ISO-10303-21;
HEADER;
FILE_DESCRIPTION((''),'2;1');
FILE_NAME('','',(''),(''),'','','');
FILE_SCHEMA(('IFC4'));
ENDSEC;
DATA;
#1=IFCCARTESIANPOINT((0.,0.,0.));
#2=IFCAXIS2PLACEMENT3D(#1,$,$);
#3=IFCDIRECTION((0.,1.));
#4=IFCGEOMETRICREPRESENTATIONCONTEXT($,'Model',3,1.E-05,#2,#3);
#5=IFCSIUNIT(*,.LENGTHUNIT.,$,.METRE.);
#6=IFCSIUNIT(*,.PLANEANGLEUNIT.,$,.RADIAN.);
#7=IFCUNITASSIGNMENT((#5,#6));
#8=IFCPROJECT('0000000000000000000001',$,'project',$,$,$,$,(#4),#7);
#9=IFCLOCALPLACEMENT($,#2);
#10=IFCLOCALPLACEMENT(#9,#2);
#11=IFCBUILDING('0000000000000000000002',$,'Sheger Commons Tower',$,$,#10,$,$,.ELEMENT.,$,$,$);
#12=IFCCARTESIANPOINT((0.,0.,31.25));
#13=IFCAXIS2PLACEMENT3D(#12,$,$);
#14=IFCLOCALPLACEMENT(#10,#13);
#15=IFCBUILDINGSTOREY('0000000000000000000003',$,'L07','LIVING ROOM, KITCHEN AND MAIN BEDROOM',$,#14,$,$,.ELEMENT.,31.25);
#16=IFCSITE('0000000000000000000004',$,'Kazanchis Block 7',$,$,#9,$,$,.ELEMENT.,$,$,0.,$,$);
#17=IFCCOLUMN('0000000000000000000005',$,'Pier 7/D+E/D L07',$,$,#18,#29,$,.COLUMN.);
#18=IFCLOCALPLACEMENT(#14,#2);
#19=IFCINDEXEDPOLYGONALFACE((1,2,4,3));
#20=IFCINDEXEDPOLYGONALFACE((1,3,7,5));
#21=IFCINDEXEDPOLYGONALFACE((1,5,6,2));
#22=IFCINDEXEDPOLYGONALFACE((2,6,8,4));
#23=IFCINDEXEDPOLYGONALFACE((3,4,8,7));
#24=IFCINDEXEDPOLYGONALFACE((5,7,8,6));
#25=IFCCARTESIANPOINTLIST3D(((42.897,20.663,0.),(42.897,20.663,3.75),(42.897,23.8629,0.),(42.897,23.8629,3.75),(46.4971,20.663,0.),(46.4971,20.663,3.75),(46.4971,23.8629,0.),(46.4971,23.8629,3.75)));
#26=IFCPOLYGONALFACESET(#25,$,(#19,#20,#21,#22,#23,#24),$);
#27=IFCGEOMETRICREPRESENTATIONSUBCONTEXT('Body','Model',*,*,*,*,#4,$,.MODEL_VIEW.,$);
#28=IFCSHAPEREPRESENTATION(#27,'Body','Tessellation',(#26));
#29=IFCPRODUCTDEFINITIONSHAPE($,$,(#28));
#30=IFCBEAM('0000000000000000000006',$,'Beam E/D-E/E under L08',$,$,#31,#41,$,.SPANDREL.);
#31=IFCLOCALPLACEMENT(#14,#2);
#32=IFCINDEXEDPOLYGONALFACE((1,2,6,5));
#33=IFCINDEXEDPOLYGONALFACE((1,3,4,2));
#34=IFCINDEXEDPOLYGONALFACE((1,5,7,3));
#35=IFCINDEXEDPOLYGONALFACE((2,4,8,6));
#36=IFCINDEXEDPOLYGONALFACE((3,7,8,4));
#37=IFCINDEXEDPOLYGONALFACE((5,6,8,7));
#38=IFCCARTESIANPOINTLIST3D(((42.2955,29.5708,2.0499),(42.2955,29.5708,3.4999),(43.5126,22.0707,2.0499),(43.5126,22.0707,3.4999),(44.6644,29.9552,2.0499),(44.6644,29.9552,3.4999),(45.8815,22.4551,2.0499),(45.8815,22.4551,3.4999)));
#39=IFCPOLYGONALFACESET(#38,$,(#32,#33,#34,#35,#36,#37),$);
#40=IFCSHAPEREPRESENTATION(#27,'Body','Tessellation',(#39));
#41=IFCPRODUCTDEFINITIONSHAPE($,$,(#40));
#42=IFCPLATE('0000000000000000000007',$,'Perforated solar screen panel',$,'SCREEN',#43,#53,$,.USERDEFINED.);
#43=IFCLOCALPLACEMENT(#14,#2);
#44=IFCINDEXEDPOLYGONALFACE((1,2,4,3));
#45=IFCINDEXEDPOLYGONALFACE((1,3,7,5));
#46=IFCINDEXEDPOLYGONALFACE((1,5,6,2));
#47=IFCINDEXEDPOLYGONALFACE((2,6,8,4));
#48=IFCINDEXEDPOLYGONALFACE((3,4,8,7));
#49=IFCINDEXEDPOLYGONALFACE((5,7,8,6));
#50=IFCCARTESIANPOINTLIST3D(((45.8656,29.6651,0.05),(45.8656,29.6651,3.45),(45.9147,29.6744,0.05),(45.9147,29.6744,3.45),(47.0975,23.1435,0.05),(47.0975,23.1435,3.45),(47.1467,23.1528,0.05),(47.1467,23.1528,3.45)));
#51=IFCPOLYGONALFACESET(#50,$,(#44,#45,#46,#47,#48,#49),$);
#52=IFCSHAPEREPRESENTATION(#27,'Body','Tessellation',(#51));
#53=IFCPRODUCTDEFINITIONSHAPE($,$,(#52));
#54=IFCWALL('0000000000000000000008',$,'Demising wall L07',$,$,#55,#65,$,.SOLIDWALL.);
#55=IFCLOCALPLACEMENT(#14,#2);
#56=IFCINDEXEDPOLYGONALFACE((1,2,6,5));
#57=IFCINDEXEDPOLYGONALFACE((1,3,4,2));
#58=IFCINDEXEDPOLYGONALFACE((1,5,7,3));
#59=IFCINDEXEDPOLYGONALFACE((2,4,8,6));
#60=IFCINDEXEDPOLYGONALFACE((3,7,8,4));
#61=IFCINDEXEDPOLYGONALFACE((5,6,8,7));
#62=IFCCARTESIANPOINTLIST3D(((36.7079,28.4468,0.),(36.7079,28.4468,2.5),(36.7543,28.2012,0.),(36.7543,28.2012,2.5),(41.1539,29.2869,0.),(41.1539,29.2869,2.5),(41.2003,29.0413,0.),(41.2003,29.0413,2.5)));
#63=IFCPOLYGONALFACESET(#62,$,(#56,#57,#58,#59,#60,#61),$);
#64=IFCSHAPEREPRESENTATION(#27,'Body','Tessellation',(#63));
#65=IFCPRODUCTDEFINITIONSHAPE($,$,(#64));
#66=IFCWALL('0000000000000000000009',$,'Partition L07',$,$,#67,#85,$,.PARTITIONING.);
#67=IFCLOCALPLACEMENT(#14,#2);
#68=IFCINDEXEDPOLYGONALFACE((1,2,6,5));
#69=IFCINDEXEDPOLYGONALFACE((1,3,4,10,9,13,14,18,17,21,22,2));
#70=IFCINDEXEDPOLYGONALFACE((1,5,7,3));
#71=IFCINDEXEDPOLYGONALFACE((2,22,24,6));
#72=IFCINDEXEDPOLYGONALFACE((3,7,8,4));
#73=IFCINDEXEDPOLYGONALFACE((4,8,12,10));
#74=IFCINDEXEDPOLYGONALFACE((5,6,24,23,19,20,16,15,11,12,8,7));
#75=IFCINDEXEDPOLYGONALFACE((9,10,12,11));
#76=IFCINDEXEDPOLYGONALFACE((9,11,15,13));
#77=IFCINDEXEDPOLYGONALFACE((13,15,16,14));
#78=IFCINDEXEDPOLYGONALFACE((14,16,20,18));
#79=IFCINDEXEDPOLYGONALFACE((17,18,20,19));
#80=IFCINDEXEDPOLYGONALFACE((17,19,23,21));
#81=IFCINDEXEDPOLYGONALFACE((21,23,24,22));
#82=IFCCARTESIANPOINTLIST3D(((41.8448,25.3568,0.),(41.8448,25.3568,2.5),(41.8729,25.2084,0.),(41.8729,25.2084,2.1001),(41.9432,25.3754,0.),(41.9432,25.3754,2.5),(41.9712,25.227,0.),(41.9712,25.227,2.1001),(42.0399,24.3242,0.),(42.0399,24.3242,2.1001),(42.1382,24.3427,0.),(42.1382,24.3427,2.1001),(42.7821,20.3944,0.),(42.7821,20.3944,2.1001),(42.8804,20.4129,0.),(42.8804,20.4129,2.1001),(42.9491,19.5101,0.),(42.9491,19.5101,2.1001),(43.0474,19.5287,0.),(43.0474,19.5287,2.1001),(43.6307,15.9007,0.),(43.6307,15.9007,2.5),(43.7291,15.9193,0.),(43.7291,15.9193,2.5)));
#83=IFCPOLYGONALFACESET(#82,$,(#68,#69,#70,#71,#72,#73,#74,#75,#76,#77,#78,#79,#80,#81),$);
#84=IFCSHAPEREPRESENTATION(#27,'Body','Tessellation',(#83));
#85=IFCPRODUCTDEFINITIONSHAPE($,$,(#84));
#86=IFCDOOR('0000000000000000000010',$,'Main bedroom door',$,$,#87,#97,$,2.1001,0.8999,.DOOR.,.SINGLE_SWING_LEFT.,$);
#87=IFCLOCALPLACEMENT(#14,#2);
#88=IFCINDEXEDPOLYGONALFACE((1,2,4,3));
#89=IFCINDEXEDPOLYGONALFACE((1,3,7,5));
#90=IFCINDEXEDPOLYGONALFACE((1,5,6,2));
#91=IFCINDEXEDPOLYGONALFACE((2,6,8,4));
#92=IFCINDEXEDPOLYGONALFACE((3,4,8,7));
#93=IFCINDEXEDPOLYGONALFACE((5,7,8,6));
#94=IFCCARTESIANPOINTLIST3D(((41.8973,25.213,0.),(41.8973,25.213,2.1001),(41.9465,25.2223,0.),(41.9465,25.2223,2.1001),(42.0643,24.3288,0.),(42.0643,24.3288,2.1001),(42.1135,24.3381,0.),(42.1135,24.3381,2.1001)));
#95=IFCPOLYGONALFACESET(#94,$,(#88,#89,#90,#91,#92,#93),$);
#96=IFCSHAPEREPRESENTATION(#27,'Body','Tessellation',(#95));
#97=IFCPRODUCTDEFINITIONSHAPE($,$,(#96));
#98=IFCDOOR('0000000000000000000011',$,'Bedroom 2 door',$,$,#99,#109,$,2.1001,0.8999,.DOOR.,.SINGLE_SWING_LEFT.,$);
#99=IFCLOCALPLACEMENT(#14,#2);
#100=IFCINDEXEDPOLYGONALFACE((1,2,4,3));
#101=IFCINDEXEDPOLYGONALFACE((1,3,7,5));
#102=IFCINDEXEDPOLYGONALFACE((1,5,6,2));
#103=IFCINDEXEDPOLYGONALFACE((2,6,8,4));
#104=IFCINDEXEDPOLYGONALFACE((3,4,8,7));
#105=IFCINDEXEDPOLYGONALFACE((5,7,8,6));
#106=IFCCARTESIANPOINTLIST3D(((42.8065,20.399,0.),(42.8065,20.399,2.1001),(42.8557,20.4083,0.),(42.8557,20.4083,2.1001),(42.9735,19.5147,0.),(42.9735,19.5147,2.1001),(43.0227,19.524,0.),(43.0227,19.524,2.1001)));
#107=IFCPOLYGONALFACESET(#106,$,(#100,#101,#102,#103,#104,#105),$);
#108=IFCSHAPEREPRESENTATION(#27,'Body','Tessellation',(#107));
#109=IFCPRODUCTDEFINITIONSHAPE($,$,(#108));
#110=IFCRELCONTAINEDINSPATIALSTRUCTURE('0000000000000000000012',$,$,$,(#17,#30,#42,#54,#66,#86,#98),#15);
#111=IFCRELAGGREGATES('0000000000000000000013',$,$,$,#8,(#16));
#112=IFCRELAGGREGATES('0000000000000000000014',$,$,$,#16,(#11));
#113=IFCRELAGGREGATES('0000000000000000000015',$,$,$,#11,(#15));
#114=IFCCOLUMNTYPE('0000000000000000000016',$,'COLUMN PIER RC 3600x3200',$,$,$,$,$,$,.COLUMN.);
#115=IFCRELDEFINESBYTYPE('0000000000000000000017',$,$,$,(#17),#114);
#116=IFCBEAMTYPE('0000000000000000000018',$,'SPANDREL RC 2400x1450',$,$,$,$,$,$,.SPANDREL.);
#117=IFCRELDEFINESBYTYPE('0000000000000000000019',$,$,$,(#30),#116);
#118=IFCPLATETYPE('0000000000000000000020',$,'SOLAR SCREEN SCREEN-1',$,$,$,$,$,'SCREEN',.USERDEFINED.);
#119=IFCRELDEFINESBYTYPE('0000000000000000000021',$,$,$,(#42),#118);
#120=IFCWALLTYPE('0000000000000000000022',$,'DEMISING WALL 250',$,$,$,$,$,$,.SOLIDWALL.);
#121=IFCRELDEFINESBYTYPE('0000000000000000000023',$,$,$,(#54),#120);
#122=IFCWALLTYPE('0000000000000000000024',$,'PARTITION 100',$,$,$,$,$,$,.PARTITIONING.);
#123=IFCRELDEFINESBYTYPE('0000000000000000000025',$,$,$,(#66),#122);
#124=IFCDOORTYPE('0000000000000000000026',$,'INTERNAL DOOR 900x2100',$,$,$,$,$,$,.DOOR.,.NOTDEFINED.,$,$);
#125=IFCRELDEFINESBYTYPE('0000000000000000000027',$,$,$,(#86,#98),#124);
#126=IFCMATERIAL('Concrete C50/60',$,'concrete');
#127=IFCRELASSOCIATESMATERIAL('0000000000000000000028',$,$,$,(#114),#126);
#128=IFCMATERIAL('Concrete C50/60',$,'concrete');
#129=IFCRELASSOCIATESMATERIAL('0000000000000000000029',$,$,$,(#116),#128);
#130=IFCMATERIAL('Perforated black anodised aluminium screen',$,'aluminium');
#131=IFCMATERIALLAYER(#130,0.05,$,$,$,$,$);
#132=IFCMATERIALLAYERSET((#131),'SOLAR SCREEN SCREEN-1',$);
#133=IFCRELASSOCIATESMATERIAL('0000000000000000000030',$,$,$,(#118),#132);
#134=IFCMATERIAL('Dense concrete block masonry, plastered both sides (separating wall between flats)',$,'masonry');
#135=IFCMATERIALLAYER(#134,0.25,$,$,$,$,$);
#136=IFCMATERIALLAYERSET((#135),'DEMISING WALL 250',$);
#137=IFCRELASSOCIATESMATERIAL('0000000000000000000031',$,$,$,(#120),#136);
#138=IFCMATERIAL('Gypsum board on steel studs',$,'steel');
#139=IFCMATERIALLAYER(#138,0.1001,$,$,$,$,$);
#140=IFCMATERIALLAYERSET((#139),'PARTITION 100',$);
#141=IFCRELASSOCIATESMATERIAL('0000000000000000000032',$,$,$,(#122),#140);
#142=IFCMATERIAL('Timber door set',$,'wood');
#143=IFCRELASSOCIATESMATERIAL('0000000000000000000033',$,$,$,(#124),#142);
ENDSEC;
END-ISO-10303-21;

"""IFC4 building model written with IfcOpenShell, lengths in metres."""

from ifc_helpers import new_model, si_unit, direction, frame, frame_2d, origin, origin_2d, place, context, subcontext, project, spatial, rectangle, extrude, material, layer, layer_set, material_profile, profile_set, type_object, element, fill, save


model = new_model("IFC4")

# Units and contexts
model_context = context("Model", 3, precision=1e-05, world=origin(), true_north=direction((0.0, 1.0)))
body_context = subcontext(model_context, "Body", "Model", "MODEL_VIEW")
ifc_project = project(units=[si_unit("LENGTHUNIT", "METRE"), si_unit("PLANEANGLEUNIT", "RADIAN")], contexts=[model_context])

# Site, building, storey
site_placement = place(None, origin())
site = spatial("IfcSite", under=ifc_project, at=site_placement, Name="Kazanchis Block 7", CompositionType="ELEMENT", RefElevation=0.0)
building_placement = place(site_placement, origin())
building = spatial("IfcBuilding", under=site, at=building_placement, Name="Sheger Commons Tower", CompositionType="ELEMENT")
storey_placement = place(building_placement, frame((0.0, 0.0, 31.25)))
storey = spatial("IfcBuildingStorey", under=building, at=storey_placement, Name="L07", Description="LIVING ROOM, KITCHEN AND MAIN BEDROOM", CompositionType="ELEMENT", Elevation=31.25)

# Column
ifc_material_1 = material(Name="Concrete C50/60", Category="concrete")
ifc_material_profile_1 = material_profile(ifc_material_1, rectangle(XDim=3.6001, YDim=3.2, at=origin_2d()), Name="RC 3600x3200")
ifc_profile_set_1 = profile_set([ifc_material_profile_1], Name="Concrete C50/60")
column_type = type_object("IfcColumnType", Name="COLUMN PIER RC 3600x3200", PredefinedType="COLUMN", material=ifc_profile_set_1)
column_placement = place(storey_placement, frame((44.697, 22.2629, 0.0), z_axis=(0.0, 0.0, 1.0), x_axis=(1.0, 0.0, 0.0)))
element("IfcColumn", 1, at=column_placement, inside=storey, type_object=column_type, Name="Pier 7/D+E/D L07", PredefinedType="COLUMN", context=body_context, shape_type="SweptSolid", body=[
    extrude(rectangle(XDim=3.6001, YDim=3.2, at=origin_2d()), origin(), (0.0, 0.0, 1.0), 3.75),
])

# Beam
ifc_material_2 = material(Name="Concrete C50/60", Category="concrete")
ifc_material_profile_2 = material_profile(ifc_material_2, rectangle(XDim=2.3999, YDim=1.45, at=origin_2d()), Name="RC 2400x1450")
ifc_profile_set_2 = profile_set([ifc_material_profile_2], Name="Concrete C50/60")
beam_type = type_object("IfcBeamType", Name="SPANDREL RC 2400x1450", PredefinedType="SPANDREL", material=ifc_profile_set_2)
beam_placement = place(storey_placement, frame((44.697, 22.2629, 2.7749), z_axis=(-0.160177, 0.987088, 0.0), x_axis=(-0.987088, -0.160177, 0.0)))
element("IfcBeam", 2, at=beam_placement, inside=storey, type_object=beam_type, Name="Beam E/D-E/E under L08", PredefinedType="SPANDREL", context=body_context, shape_type="SweptSolid", body=[
    extrude(rectangle(XDim=2.3999, YDim=1.45, at=origin_2d()), origin(), (0.0, 0.0, 1.0), 7.5981),
])

# Plate
ifc_material_3 = material(Name="Perforated black anodised aluminium screen", Category="aluminium")
ifc_layer_1 = layer(ifc_material_3, 0.05)
ifc_layer_set_1 = layer_set([ifc_layer_1], Name="SOLAR SCREEN SCREEN-1")
plate_type = type_object("IfcPlateType", Name="SOLAR SCREEN SCREEN-1", ElementType="SCREEN", PredefinedType="USERDEFINED", material=ifc_layer_set_1)
plate_placement = place(storey_placement, frame((46.5061, 26.4089, 0.05), z_axis=(0.0, 0.0, 1.0), x_axis=(-0.185615, 0.982623, 0.0)))
element("IfcPlate", 3, at=plate_placement, inside=storey, type_object=plate_type, Name="Perforated solar screen panel", ObjectType="SCREEN", PredefinedType="USERDEFINED", context=body_context, shape_type="SweptSolid", body=[
    extrude(rectangle(XDim=6.637, YDim=0.05, at=origin_2d()), origin(), (0.0, 0.0, 1.0), 3.3999),
])

# Wall
ifc_material_4 = material(Name="Dense concrete block masonry, plastered both sides (separating wall between flats)", Category="masonry")
ifc_layer_2 = layer(ifc_material_4, 0.25)
ifc_layer_set_2 = layer_set([ifc_layer_2], Name="DEMISING WALL 250")
wall_type_1 = type_object("IfcWallType", Name="DEMISING WALL 250", PredefinedType="SOLIDWALL", material=ifc_layer_set_2)
wall_1_placement = place(storey_placement, frame((41.177, 29.1641, 0.0), z_axis=(0.0, 0.0, 1.0), x_axis=(-0.982613, -0.185666, 0.0)))
element("IfcWall", 4, at=wall_1_placement, inside=storey, type_object=wall_type_1, Name="Demising wall L07", PredefinedType="SOLIDWALL", context=body_context, shape_type="SweptSolid", body=[
    extrude(rectangle(XDim=4.5247, YDim=0.25, at=frame_2d((2.2622, 0.0))), origin(), (0.0, 0.0, 1.0), 2.5),
])

# Wall, openings, doors
ifc_material_5 = material(Name="Gypsum board on steel studs", Category="steel")
ifc_layer_3 = layer(ifc_material_5, 0.1001)
ifc_layer_set_3 = layer_set([ifc_layer_3], Name="PARTITION 100")
wall_type_2 = type_object("IfcWallType", Name="PARTITION 100", PredefinedType="PARTITIONING", material=ifc_layer_set_3)
wall_2_placement = place(storey_placement, frame((41.894, 25.366, 0.0), z_axis=(0.0, 0.0, 1.0), x_axis=(0.185581, -0.982629, 0.0)))
wall_2 = element("IfcWall", 5, at=wall_2_placement, inside=storey, type_object=wall_type_2, Name="Partition L07", PredefinedType="PARTITIONING", context=body_context, shape_type="SweptSolid", body=[
    extrude(rectangle(XDim=9.6233, YDim=0.1001, at=frame_2d((4.8115, 0.0))), origin(), (0.0, 0.0, 1.0), 2.5),
])
opening_1_placement = place(wall_2_placement, frame((0.1509, 0.0, 0.0)))
opening_1 = element("IfcOpeningElement", 6, at=opening_1_placement, cuts=wall_2, PredefinedType="OPENING", context=body_context, shape_type="SweptSolid", body=[
    extrude(rectangle(XDim=0.8999, YDim=2.1001, at=frame_2d((0.45, 1.05))), frame((0.0, 0.0601, 0.0), z_axis=(0.0, -1.0, 0.0), x_axis=(1.0, 0.0, 0.0)), (0.0, 0.0, 1.0), 0.1201),
])
opening_2_placement = place(wall_2_placement, frame((5.05, 0.0, 0.0)))
opening_2 = element("IfcOpeningElement", 7, at=opening_2_placement, cuts=wall_2, PredefinedType="OPENING", context=body_context, shape_type="SweptSolid", body=[
    extrude(rectangle(XDim=0.8999, YDim=2.1001, at=frame_2d((0.45, 1.05))), frame((0.0, 0.0601, 0.0), z_axis=(0.0, -1.0, 0.0), x_axis=(1.0, 0.0, 0.0)), (0.0, 0.0, 1.0), 0.1201),
])
ifc_material_6 = material(Name="Timber door set", Category="wood")
door_type = type_object("IfcDoorType", Name="INTERNAL DOOR 900x2100", OperationType="NOTDEFINED", PredefinedType="DOOR", material=ifc_material_6)
door_1_placement = place(opening_1_placement, origin())
door_1 = element("IfcDoor", 8, at=door_1_placement, inside=storey, type_object=door_type, Name="Main bedroom door", OperationType="SINGLE_SWING_LEFT", OverallHeight=2.1001, OverallWidth=0.8999, PredefinedType="DOOR", context=body_context, shape_type="SweptSolid", body=[
    extrude(rectangle(XDim=0.8999, YDim=2.1001, at=frame_2d((0.45, 1.05))), frame((0.0, 0.0249, 0.0), z_axis=(0.0, -1.0, 0.0), x_axis=(1.0, 0.0, 0.0)), (0.0, 0.0, 1.0), 0.05),
])
fill(opening_1, door_1)
door_2_placement = place(opening_2_placement, origin())
door_2 = element("IfcDoor", 9, at=door_2_placement, inside=storey, type_object=door_type, Name="Bedroom 2 door", OperationType="SINGLE_SWING_LEFT", OverallHeight=2.1001, OverallWidth=0.8999, PredefinedType="DOOR", context=body_context, shape_type="SweptSolid", body=[
    extrude(rectangle(XDim=0.8999, YDim=2.1001, at=frame_2d((0.45, 1.05))), frame((0.0, 0.0249, 0.0), z_axis=(0.0, -1.0, 0.0), x_axis=(1.0, 0.0, 0.0)), (0.0, 0.0, 1.0), 0.05),
])
fill(opening_2, door_2)

save(model, "model.ifc")
